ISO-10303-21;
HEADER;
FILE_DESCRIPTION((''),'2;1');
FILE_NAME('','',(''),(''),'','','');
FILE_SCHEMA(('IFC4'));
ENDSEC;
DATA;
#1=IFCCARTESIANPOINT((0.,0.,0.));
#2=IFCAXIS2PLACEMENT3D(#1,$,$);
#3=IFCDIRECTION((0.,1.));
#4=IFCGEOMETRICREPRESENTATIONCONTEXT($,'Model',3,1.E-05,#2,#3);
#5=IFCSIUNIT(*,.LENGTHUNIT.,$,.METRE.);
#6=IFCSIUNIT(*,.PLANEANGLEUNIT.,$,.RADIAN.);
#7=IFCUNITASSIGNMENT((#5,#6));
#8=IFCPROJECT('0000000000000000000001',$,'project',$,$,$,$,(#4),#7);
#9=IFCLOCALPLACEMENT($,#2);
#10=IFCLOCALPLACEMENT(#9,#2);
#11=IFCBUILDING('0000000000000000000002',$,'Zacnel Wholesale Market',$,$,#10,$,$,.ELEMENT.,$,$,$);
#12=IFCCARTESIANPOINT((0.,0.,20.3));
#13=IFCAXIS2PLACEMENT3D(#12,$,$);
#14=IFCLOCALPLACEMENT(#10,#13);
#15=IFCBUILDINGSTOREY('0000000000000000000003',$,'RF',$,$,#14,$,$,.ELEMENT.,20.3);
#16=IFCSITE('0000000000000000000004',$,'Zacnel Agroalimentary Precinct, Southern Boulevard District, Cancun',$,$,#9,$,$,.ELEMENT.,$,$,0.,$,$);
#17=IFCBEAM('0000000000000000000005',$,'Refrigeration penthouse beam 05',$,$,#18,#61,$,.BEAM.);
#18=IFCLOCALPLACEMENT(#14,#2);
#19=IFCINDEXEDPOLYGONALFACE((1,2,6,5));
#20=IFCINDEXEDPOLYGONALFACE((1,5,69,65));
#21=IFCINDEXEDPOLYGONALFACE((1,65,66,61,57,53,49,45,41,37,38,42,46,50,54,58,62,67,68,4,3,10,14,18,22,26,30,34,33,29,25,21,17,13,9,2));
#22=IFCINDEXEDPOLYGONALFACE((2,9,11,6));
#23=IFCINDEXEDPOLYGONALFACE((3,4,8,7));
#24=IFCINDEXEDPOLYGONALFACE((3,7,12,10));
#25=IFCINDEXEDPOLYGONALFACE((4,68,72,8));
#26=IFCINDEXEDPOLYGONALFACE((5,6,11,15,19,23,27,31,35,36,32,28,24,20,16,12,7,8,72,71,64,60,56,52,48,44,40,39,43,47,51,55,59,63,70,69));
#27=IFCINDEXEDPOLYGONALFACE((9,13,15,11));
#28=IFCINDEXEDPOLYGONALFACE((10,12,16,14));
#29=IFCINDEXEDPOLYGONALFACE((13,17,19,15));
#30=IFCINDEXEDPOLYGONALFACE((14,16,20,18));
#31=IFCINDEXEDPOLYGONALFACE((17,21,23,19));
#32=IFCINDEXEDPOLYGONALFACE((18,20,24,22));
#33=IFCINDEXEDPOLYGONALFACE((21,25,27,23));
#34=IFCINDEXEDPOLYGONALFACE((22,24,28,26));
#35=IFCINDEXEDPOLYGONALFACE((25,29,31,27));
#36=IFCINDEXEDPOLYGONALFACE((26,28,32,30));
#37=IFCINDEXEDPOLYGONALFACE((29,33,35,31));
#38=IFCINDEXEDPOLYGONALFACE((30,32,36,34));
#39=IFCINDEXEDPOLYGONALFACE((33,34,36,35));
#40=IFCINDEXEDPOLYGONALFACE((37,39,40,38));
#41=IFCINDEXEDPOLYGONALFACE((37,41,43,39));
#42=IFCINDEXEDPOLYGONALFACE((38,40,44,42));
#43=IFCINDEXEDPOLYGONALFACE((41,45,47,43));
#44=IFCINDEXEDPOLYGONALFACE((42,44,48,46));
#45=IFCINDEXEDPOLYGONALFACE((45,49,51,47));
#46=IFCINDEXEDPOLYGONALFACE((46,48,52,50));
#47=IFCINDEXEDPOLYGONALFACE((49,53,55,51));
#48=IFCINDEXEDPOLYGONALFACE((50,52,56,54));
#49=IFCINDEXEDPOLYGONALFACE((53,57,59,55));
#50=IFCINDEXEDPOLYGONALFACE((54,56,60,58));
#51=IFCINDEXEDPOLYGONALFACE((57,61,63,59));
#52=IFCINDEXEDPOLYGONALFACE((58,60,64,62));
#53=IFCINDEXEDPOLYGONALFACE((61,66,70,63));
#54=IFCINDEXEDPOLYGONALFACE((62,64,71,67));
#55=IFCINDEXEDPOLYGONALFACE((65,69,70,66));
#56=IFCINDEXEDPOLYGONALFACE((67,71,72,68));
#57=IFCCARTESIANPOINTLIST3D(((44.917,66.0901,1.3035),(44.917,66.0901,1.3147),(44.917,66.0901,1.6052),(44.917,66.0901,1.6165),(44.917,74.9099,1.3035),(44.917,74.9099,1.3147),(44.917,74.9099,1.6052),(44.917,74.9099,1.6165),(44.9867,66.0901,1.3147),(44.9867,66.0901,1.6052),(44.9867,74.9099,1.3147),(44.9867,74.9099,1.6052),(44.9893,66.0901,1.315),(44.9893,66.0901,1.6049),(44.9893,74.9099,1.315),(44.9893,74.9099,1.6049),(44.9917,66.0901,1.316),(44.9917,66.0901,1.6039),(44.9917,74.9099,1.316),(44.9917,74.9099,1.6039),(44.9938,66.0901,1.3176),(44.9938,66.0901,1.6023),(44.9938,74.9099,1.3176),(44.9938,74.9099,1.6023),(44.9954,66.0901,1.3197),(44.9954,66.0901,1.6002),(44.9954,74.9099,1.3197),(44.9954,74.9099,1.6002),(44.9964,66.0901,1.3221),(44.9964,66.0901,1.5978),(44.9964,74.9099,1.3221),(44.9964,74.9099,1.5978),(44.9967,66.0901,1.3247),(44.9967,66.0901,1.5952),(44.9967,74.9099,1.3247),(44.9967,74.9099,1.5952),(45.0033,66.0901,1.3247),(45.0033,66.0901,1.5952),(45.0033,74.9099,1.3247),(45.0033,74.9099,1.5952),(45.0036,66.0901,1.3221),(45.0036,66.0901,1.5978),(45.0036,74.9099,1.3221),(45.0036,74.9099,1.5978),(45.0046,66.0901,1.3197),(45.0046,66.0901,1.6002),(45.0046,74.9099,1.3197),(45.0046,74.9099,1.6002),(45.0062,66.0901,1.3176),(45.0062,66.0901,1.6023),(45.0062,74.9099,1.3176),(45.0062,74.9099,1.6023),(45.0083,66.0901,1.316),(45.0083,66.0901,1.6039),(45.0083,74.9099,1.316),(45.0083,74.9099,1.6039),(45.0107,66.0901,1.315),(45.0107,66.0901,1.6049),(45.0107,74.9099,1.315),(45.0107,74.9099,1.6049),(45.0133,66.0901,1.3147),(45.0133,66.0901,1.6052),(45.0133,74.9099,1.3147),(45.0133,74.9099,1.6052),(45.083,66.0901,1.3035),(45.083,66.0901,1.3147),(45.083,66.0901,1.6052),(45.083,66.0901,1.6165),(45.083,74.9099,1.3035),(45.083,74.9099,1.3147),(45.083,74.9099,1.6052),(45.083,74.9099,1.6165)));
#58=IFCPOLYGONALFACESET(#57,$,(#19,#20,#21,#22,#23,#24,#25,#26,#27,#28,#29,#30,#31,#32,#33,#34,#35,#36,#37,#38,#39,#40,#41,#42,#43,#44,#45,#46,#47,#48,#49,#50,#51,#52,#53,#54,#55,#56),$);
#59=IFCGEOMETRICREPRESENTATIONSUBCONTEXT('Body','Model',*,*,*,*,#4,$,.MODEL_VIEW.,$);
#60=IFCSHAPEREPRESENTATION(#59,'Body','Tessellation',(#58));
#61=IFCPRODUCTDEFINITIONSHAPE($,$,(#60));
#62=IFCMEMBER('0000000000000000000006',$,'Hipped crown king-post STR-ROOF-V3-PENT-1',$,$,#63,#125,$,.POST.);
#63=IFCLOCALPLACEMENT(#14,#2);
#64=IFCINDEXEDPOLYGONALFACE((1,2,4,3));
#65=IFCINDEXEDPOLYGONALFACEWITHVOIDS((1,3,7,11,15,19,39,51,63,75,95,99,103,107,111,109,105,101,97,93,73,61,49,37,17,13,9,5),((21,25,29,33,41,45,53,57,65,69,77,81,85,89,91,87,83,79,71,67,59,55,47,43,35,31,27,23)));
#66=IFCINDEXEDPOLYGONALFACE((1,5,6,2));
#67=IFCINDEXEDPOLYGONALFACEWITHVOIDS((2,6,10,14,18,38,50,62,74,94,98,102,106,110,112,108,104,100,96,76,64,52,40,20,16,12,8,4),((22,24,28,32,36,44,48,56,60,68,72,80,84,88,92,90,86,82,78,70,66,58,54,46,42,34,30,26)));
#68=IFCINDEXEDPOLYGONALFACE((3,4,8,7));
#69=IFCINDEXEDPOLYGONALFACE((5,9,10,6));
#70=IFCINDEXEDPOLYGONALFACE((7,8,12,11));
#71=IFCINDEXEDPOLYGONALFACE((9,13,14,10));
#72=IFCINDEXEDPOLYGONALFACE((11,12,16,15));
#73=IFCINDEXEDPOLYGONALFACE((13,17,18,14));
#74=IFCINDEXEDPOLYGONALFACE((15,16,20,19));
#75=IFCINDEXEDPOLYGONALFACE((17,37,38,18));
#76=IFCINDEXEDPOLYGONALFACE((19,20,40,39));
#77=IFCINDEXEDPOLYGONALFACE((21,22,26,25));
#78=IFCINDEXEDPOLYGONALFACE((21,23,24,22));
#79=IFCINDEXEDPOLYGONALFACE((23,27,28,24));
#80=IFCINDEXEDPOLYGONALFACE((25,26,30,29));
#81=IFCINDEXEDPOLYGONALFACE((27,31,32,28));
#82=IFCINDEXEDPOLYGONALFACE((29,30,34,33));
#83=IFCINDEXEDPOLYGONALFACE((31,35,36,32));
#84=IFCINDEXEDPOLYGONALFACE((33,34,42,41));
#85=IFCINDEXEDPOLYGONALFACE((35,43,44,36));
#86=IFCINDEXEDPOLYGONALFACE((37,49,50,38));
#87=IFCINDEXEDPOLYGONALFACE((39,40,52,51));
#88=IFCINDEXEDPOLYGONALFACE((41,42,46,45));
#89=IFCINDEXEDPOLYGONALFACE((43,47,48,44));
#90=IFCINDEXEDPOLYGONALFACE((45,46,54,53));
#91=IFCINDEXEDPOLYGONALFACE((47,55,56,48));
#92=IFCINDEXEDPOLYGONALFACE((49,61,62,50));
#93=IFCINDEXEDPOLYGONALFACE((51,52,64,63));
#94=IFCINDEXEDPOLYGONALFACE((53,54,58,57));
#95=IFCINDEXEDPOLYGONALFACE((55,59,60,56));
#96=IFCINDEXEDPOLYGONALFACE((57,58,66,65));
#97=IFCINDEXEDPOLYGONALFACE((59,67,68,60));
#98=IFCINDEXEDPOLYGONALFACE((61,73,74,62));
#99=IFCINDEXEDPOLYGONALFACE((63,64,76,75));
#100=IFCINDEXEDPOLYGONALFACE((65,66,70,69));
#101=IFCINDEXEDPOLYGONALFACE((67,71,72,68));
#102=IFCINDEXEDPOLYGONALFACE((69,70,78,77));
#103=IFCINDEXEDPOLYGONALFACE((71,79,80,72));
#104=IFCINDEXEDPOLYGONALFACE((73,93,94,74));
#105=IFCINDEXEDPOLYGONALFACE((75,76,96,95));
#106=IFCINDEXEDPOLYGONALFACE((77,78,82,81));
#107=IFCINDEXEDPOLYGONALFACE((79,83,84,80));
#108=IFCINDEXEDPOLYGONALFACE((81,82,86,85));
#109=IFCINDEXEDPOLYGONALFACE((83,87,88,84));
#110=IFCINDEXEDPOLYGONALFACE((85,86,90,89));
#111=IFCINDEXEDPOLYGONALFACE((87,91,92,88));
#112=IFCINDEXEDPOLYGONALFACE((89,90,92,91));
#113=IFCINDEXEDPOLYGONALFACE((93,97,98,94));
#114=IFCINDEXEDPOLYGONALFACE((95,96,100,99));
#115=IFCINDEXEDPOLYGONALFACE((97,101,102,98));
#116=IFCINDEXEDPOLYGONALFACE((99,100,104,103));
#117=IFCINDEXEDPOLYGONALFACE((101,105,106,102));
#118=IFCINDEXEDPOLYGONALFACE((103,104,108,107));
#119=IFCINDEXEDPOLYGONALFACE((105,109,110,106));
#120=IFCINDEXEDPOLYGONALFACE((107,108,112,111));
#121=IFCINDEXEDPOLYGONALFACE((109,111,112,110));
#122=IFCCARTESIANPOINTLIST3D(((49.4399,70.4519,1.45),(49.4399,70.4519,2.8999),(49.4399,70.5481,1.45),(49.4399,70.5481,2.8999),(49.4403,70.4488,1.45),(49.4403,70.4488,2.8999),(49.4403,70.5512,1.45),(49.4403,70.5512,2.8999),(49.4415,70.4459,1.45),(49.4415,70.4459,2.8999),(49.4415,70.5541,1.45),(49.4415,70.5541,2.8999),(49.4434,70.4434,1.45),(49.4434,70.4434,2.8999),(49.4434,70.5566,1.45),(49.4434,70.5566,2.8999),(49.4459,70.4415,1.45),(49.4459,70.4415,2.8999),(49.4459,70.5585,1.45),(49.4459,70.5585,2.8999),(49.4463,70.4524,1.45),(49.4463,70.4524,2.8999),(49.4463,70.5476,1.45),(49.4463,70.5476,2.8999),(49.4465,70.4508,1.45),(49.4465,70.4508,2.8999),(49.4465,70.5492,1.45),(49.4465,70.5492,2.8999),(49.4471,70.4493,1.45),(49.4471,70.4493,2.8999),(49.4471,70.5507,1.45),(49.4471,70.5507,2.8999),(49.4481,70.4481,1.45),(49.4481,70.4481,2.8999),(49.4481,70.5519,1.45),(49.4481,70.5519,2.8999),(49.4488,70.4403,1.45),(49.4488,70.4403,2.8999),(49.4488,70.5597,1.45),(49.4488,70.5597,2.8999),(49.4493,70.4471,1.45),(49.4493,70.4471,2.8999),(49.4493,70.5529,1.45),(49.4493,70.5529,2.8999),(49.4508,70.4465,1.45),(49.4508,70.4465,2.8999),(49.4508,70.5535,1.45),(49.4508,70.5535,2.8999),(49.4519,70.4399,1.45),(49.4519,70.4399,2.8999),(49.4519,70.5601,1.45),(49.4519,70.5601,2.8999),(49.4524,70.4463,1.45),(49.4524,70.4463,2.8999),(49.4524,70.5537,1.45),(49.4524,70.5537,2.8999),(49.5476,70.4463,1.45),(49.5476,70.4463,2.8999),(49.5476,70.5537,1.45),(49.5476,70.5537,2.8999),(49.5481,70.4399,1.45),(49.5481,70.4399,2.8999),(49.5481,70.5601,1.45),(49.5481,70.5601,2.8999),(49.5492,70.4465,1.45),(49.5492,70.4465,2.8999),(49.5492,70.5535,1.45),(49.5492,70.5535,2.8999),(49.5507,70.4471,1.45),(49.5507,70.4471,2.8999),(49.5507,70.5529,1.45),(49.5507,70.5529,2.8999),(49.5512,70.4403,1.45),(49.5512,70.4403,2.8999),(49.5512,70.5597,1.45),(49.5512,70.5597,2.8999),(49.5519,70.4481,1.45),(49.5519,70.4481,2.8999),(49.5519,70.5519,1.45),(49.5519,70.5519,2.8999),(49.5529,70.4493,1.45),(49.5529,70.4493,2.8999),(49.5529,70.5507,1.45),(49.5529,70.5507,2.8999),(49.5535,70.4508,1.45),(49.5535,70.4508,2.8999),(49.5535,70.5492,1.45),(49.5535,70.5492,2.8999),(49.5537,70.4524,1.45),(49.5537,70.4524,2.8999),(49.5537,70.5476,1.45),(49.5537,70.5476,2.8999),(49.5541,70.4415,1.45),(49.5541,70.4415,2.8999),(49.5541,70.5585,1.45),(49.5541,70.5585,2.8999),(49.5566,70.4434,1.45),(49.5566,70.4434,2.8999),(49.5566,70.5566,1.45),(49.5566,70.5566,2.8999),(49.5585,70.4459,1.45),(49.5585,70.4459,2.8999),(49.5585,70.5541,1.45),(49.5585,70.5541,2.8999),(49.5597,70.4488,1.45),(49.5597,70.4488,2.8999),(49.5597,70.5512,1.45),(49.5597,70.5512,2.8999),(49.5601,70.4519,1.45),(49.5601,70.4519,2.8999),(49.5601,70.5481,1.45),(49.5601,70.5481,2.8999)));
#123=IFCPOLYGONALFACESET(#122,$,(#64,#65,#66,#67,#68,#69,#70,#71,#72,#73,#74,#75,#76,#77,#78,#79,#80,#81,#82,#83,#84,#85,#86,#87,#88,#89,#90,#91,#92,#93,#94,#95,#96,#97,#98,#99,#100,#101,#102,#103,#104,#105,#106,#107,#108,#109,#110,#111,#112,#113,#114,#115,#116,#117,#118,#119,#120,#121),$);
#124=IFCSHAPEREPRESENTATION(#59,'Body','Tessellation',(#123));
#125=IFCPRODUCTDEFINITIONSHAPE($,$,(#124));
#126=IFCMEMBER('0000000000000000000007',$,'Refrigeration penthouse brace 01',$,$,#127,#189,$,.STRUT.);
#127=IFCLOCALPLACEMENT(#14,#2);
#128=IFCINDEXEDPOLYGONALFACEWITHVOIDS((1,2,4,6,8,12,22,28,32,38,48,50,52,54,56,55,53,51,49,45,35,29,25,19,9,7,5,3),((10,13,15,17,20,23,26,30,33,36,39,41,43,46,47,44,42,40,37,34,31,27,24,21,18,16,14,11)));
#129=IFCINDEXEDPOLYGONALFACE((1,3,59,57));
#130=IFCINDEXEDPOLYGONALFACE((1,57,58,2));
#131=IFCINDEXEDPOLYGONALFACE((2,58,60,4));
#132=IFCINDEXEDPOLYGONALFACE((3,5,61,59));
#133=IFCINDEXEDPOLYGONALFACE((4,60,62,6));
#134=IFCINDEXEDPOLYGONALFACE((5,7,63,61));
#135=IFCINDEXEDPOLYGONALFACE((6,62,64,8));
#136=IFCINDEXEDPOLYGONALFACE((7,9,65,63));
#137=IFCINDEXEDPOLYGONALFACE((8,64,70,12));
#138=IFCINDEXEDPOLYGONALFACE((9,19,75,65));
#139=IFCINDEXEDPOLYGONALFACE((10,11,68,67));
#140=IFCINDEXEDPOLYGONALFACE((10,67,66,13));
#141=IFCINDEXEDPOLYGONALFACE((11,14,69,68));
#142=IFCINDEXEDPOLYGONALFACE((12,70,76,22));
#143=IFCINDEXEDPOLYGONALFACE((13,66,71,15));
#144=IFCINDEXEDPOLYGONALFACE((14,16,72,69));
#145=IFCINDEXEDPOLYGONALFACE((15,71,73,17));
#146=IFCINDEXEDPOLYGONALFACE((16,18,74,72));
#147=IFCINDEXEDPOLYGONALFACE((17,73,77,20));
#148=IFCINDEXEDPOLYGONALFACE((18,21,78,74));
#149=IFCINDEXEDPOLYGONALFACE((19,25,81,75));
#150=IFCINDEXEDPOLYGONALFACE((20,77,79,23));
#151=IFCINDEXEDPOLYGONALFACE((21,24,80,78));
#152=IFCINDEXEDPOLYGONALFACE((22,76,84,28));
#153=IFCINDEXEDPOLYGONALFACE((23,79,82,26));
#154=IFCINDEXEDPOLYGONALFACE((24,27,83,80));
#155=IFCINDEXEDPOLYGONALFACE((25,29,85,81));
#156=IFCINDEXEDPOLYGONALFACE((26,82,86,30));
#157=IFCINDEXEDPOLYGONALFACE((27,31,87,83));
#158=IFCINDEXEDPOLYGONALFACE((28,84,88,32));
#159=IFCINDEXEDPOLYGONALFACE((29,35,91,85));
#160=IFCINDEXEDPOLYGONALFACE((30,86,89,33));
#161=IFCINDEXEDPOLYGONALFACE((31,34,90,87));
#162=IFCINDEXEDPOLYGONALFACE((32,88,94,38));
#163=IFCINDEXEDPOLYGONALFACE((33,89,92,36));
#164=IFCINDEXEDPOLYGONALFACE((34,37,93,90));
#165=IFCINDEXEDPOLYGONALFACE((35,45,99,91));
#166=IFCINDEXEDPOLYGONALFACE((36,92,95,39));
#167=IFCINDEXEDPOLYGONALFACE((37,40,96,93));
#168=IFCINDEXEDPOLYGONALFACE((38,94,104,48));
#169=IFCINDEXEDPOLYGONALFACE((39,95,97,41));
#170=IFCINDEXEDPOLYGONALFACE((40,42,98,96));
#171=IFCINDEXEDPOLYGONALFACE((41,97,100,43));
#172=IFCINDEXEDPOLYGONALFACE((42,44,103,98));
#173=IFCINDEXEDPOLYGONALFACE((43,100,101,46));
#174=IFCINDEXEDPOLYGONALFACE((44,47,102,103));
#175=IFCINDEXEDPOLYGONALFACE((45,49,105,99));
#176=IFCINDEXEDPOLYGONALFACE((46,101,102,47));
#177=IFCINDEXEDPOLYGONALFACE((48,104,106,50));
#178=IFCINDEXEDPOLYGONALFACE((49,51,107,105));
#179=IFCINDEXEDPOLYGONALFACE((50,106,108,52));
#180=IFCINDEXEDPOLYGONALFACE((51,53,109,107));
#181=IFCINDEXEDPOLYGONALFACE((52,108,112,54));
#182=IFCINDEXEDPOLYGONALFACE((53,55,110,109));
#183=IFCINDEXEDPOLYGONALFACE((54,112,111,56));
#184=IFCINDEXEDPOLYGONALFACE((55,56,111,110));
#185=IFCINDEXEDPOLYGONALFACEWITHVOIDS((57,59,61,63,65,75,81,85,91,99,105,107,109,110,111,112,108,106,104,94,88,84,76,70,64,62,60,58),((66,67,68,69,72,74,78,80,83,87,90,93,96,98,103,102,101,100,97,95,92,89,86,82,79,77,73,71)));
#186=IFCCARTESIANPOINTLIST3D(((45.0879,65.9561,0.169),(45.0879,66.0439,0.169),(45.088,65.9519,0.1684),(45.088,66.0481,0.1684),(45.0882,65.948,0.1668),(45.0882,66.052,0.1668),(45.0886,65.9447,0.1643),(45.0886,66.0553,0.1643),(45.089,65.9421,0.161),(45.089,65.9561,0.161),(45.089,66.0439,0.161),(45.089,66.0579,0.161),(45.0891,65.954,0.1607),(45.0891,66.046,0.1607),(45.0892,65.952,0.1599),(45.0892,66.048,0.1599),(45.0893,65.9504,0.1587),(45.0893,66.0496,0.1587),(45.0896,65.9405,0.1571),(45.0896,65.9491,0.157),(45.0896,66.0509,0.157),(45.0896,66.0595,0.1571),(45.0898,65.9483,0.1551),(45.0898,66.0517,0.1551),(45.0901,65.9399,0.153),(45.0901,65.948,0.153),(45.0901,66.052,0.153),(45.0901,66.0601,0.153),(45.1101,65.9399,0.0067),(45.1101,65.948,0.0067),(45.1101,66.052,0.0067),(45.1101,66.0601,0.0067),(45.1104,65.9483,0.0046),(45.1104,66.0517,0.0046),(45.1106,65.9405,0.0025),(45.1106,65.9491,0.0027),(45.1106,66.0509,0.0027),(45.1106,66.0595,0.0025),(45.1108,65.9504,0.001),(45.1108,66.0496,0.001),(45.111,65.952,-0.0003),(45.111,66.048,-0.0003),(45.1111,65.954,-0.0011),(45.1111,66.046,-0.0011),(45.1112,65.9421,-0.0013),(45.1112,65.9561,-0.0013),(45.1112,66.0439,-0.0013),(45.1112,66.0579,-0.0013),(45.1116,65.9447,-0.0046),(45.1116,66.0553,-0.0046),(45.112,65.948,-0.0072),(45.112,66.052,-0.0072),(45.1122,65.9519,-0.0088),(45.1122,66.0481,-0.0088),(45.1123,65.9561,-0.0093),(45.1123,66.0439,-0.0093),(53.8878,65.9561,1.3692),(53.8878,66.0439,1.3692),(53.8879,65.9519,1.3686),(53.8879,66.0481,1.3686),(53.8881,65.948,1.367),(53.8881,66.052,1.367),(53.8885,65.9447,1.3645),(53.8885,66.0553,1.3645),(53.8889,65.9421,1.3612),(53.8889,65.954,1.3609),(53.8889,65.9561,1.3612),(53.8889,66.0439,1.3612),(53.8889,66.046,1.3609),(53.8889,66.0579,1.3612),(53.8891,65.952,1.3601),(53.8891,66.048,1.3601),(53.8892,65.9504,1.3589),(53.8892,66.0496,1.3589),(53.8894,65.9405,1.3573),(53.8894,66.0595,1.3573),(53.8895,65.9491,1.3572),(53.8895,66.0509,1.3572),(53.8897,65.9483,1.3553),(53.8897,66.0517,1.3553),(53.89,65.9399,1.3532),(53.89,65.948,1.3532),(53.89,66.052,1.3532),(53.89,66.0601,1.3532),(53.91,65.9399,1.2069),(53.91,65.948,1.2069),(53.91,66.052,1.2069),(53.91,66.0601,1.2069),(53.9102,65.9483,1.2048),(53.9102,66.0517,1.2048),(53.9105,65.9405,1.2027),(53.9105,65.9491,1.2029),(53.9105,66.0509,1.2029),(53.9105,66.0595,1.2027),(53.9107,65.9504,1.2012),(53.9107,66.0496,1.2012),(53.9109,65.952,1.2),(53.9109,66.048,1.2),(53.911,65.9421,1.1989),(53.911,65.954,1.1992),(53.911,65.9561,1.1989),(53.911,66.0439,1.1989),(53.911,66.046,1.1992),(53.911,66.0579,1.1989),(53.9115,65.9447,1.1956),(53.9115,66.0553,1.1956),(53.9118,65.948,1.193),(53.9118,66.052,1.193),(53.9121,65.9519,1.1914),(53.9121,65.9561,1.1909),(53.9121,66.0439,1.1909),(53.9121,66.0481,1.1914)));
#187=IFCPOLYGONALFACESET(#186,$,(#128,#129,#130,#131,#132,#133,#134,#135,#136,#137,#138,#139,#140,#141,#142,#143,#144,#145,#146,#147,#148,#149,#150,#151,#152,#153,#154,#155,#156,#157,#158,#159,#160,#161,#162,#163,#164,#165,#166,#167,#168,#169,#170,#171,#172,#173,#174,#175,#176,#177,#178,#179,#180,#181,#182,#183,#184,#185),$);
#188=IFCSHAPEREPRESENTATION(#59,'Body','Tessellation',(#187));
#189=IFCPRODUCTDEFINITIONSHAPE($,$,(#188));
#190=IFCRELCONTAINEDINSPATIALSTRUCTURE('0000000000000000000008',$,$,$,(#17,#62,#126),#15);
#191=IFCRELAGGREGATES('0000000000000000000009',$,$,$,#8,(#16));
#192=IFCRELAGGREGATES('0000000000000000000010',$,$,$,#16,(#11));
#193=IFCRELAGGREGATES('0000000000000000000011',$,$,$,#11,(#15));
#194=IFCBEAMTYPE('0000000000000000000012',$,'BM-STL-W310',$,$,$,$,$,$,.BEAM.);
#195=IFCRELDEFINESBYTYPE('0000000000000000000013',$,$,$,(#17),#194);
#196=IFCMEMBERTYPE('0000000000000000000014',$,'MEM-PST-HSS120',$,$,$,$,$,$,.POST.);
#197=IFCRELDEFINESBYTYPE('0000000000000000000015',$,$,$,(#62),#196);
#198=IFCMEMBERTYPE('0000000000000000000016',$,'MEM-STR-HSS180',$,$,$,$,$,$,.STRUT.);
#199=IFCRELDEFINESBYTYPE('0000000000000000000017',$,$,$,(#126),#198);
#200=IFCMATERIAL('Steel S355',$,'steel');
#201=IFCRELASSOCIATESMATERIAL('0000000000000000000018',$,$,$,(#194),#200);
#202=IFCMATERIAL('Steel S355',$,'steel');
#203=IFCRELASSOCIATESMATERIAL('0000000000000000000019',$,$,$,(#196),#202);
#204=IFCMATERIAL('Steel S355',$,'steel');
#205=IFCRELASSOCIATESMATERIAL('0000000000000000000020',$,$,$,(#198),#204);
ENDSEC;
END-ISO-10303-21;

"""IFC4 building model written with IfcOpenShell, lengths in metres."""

from ifc_helpers import new_model, si_unit, direction, frame, origin, origin_2d, place, context, subcontext, project, spatial, hollow_rectangle, i_section, extrude, material, material_profile, profile_set, type_object, element, save


model = new_model("IFC4")

# Units and contexts
model_context = context("Model", 3, precision=1e-05, world=origin(), true_north=direction((0.0, 1.0)))
body_context = subcontext(model_context, "Body", "Model", "MODEL_VIEW")
ifc_project = project(units=[si_unit("LENGTHUNIT", "METRE"), si_unit("PLANEANGLEUNIT", "RADIAN")], contexts=[model_context])

# Site, building, storey
site_placement = place(None, origin())
site = spatial("IfcSite", under=ifc_project, at=site_placement, Name="Zacnel Agroalimentary Precinct, Southern Boulevard District, Cancun", CompositionType="ELEMENT", RefElevation=0.0)
building_placement = place(site_placement, origin())
building = spatial("IfcBuilding", under=site, at=building_placement, Name="Zacnel Wholesale Market", CompositionType="ELEMENT")
storey_placement = place(building_placement, frame((0.0, 0.0, 20.3)))
storey = spatial("IfcBuildingStorey", under=building, at=storey_placement, Name="RF", CompositionType="ELEMENT", Elevation=20.3)

# Beam
ifc_material_1 = material(Name="Steel S355", Category="steel")
ifc_material_profile_1 = material_profile(ifc_material_1, i_section(OverallWidth=0.166, OverallDepth=0.313, WebThickness=0.0066, FlangeThickness=0.0112, FilletRadius=0.01, at=origin_2d()), Name="W310X44.5")
ifc_profile_set_1 = profile_set([ifc_material_profile_1], Name="Steel S355")
beam_type_1 = type_object("IfcBeamType", Name="BM-STL-W310", PredefinedType="BEAM", material=ifc_profile_set_1)
for number, where, z_axis, x_axis, name in (
    (1, (45.0, 66.0901, 1.46), (0.0, 1.0, 0.0), (-1.0, 0.0, 0.0), "Refrigeration penthouse beam 05"),
):
    element("IfcBeam", number, at=place(storey_placement, frame(where, z_axis=z_axis, x_axis=x_axis)), inside=storey, type_object=beam_type_1, Name=name, PredefinedType="BEAM", context=body_context, shape_type="SweptSolid", body=[
        extrude(i_section(OverallWidth=0.166, OverallDepth=0.313, WebThickness=0.0066, FlangeThickness=0.0112, FilletRadius=0.01, at=origin_2d()), origin(), (0.0, 0.0, 1.0), 8.8198),
    ])

# Members
ifc_material_2 = material(Name="Steel S355", Category="steel")
ifc_material_profile_2 = material_profile(ifc_material_2, hollow_rectangle(XDim=0.1201, YDim=0.1201, WallThickness=0.0063, InnerFilletRadius=0.0061, OuterFilletRadius=0.012, at=origin_2d()), Name="HSS 120x120x6.3")
ifc_profile_set_2 = profile_set([ifc_material_profile_2], Name="Steel S355")
member_type_1 = type_object("IfcMemberType", Name="MEM-PST-HSS120", PredefinedType="POST", material=ifc_profile_set_2)
member_placement = place(storey_placement, frame((49.5, 70.5, 1.45), z_axis=(0.0, 0.0, 1.0), x_axis=(1.0, 0.0, 0.0)))
element("IfcMember", 2, at=member_placement, inside=storey, type_object=member_type_1, Name="Hipped crown king-post STR-ROOF-V3-PENT-1", PredefinedType="POST", context=body_context, shape_type="SweptSolid", body=[
    extrude(hollow_rectangle(XDim=0.1201, YDim=0.1201, WallThickness=0.0063, InnerFilletRadius=0.0061, OuterFilletRadius=0.012, at=origin_2d()), origin(), (0.0, 0.0, 1.0), 1.45),
])
ifc_material_3 = material(Name="Steel S355", Category="steel")
ifc_material_profile_3 = material_profile(ifc_material_3, hollow_rectangle(XDim=0.1201, YDim=0.1799, WallThickness=0.0081, InnerFilletRadius=0.0081, OuterFilletRadius=0.0161, at=origin_2d()), Name="HSS 180x120x8")
ifc_profile_set_3 = profile_set([ifc_material_profile_3], Name="Steel S355")
member_type_2 = type_object("IfcMemberType", Name="MEM-STR-HSS180", PredefinedType="STRUT", material=ifc_profile_set_3)
for number, where, z_axis, x_axis, name in (
    (3, (45.1001, 66.0, 0.0798), (0.990827, 0.0, 0.135138), (0.0, 1.0, 0.0), "Refrigeration penthouse brace 01"),
):
    element("IfcMember", number, at=place(storey_placement, frame(where, z_axis=z_axis, x_axis=x_axis)), inside=storey, type_object=member_type_2, Name=name, PredefinedType="STRUT", context=body_context, shape_type="SweptSolid", body=[
        extrude(hollow_rectangle(XDim=0.1201, YDim=0.1799, WallThickness=0.0081, InnerFilletRadius=0.0081, OuterFilletRadius=0.0161, at=origin_2d()), origin(), (0.0, 0.0, 1.0), 8.8813),
    ])

save(model, "model.ifc")
